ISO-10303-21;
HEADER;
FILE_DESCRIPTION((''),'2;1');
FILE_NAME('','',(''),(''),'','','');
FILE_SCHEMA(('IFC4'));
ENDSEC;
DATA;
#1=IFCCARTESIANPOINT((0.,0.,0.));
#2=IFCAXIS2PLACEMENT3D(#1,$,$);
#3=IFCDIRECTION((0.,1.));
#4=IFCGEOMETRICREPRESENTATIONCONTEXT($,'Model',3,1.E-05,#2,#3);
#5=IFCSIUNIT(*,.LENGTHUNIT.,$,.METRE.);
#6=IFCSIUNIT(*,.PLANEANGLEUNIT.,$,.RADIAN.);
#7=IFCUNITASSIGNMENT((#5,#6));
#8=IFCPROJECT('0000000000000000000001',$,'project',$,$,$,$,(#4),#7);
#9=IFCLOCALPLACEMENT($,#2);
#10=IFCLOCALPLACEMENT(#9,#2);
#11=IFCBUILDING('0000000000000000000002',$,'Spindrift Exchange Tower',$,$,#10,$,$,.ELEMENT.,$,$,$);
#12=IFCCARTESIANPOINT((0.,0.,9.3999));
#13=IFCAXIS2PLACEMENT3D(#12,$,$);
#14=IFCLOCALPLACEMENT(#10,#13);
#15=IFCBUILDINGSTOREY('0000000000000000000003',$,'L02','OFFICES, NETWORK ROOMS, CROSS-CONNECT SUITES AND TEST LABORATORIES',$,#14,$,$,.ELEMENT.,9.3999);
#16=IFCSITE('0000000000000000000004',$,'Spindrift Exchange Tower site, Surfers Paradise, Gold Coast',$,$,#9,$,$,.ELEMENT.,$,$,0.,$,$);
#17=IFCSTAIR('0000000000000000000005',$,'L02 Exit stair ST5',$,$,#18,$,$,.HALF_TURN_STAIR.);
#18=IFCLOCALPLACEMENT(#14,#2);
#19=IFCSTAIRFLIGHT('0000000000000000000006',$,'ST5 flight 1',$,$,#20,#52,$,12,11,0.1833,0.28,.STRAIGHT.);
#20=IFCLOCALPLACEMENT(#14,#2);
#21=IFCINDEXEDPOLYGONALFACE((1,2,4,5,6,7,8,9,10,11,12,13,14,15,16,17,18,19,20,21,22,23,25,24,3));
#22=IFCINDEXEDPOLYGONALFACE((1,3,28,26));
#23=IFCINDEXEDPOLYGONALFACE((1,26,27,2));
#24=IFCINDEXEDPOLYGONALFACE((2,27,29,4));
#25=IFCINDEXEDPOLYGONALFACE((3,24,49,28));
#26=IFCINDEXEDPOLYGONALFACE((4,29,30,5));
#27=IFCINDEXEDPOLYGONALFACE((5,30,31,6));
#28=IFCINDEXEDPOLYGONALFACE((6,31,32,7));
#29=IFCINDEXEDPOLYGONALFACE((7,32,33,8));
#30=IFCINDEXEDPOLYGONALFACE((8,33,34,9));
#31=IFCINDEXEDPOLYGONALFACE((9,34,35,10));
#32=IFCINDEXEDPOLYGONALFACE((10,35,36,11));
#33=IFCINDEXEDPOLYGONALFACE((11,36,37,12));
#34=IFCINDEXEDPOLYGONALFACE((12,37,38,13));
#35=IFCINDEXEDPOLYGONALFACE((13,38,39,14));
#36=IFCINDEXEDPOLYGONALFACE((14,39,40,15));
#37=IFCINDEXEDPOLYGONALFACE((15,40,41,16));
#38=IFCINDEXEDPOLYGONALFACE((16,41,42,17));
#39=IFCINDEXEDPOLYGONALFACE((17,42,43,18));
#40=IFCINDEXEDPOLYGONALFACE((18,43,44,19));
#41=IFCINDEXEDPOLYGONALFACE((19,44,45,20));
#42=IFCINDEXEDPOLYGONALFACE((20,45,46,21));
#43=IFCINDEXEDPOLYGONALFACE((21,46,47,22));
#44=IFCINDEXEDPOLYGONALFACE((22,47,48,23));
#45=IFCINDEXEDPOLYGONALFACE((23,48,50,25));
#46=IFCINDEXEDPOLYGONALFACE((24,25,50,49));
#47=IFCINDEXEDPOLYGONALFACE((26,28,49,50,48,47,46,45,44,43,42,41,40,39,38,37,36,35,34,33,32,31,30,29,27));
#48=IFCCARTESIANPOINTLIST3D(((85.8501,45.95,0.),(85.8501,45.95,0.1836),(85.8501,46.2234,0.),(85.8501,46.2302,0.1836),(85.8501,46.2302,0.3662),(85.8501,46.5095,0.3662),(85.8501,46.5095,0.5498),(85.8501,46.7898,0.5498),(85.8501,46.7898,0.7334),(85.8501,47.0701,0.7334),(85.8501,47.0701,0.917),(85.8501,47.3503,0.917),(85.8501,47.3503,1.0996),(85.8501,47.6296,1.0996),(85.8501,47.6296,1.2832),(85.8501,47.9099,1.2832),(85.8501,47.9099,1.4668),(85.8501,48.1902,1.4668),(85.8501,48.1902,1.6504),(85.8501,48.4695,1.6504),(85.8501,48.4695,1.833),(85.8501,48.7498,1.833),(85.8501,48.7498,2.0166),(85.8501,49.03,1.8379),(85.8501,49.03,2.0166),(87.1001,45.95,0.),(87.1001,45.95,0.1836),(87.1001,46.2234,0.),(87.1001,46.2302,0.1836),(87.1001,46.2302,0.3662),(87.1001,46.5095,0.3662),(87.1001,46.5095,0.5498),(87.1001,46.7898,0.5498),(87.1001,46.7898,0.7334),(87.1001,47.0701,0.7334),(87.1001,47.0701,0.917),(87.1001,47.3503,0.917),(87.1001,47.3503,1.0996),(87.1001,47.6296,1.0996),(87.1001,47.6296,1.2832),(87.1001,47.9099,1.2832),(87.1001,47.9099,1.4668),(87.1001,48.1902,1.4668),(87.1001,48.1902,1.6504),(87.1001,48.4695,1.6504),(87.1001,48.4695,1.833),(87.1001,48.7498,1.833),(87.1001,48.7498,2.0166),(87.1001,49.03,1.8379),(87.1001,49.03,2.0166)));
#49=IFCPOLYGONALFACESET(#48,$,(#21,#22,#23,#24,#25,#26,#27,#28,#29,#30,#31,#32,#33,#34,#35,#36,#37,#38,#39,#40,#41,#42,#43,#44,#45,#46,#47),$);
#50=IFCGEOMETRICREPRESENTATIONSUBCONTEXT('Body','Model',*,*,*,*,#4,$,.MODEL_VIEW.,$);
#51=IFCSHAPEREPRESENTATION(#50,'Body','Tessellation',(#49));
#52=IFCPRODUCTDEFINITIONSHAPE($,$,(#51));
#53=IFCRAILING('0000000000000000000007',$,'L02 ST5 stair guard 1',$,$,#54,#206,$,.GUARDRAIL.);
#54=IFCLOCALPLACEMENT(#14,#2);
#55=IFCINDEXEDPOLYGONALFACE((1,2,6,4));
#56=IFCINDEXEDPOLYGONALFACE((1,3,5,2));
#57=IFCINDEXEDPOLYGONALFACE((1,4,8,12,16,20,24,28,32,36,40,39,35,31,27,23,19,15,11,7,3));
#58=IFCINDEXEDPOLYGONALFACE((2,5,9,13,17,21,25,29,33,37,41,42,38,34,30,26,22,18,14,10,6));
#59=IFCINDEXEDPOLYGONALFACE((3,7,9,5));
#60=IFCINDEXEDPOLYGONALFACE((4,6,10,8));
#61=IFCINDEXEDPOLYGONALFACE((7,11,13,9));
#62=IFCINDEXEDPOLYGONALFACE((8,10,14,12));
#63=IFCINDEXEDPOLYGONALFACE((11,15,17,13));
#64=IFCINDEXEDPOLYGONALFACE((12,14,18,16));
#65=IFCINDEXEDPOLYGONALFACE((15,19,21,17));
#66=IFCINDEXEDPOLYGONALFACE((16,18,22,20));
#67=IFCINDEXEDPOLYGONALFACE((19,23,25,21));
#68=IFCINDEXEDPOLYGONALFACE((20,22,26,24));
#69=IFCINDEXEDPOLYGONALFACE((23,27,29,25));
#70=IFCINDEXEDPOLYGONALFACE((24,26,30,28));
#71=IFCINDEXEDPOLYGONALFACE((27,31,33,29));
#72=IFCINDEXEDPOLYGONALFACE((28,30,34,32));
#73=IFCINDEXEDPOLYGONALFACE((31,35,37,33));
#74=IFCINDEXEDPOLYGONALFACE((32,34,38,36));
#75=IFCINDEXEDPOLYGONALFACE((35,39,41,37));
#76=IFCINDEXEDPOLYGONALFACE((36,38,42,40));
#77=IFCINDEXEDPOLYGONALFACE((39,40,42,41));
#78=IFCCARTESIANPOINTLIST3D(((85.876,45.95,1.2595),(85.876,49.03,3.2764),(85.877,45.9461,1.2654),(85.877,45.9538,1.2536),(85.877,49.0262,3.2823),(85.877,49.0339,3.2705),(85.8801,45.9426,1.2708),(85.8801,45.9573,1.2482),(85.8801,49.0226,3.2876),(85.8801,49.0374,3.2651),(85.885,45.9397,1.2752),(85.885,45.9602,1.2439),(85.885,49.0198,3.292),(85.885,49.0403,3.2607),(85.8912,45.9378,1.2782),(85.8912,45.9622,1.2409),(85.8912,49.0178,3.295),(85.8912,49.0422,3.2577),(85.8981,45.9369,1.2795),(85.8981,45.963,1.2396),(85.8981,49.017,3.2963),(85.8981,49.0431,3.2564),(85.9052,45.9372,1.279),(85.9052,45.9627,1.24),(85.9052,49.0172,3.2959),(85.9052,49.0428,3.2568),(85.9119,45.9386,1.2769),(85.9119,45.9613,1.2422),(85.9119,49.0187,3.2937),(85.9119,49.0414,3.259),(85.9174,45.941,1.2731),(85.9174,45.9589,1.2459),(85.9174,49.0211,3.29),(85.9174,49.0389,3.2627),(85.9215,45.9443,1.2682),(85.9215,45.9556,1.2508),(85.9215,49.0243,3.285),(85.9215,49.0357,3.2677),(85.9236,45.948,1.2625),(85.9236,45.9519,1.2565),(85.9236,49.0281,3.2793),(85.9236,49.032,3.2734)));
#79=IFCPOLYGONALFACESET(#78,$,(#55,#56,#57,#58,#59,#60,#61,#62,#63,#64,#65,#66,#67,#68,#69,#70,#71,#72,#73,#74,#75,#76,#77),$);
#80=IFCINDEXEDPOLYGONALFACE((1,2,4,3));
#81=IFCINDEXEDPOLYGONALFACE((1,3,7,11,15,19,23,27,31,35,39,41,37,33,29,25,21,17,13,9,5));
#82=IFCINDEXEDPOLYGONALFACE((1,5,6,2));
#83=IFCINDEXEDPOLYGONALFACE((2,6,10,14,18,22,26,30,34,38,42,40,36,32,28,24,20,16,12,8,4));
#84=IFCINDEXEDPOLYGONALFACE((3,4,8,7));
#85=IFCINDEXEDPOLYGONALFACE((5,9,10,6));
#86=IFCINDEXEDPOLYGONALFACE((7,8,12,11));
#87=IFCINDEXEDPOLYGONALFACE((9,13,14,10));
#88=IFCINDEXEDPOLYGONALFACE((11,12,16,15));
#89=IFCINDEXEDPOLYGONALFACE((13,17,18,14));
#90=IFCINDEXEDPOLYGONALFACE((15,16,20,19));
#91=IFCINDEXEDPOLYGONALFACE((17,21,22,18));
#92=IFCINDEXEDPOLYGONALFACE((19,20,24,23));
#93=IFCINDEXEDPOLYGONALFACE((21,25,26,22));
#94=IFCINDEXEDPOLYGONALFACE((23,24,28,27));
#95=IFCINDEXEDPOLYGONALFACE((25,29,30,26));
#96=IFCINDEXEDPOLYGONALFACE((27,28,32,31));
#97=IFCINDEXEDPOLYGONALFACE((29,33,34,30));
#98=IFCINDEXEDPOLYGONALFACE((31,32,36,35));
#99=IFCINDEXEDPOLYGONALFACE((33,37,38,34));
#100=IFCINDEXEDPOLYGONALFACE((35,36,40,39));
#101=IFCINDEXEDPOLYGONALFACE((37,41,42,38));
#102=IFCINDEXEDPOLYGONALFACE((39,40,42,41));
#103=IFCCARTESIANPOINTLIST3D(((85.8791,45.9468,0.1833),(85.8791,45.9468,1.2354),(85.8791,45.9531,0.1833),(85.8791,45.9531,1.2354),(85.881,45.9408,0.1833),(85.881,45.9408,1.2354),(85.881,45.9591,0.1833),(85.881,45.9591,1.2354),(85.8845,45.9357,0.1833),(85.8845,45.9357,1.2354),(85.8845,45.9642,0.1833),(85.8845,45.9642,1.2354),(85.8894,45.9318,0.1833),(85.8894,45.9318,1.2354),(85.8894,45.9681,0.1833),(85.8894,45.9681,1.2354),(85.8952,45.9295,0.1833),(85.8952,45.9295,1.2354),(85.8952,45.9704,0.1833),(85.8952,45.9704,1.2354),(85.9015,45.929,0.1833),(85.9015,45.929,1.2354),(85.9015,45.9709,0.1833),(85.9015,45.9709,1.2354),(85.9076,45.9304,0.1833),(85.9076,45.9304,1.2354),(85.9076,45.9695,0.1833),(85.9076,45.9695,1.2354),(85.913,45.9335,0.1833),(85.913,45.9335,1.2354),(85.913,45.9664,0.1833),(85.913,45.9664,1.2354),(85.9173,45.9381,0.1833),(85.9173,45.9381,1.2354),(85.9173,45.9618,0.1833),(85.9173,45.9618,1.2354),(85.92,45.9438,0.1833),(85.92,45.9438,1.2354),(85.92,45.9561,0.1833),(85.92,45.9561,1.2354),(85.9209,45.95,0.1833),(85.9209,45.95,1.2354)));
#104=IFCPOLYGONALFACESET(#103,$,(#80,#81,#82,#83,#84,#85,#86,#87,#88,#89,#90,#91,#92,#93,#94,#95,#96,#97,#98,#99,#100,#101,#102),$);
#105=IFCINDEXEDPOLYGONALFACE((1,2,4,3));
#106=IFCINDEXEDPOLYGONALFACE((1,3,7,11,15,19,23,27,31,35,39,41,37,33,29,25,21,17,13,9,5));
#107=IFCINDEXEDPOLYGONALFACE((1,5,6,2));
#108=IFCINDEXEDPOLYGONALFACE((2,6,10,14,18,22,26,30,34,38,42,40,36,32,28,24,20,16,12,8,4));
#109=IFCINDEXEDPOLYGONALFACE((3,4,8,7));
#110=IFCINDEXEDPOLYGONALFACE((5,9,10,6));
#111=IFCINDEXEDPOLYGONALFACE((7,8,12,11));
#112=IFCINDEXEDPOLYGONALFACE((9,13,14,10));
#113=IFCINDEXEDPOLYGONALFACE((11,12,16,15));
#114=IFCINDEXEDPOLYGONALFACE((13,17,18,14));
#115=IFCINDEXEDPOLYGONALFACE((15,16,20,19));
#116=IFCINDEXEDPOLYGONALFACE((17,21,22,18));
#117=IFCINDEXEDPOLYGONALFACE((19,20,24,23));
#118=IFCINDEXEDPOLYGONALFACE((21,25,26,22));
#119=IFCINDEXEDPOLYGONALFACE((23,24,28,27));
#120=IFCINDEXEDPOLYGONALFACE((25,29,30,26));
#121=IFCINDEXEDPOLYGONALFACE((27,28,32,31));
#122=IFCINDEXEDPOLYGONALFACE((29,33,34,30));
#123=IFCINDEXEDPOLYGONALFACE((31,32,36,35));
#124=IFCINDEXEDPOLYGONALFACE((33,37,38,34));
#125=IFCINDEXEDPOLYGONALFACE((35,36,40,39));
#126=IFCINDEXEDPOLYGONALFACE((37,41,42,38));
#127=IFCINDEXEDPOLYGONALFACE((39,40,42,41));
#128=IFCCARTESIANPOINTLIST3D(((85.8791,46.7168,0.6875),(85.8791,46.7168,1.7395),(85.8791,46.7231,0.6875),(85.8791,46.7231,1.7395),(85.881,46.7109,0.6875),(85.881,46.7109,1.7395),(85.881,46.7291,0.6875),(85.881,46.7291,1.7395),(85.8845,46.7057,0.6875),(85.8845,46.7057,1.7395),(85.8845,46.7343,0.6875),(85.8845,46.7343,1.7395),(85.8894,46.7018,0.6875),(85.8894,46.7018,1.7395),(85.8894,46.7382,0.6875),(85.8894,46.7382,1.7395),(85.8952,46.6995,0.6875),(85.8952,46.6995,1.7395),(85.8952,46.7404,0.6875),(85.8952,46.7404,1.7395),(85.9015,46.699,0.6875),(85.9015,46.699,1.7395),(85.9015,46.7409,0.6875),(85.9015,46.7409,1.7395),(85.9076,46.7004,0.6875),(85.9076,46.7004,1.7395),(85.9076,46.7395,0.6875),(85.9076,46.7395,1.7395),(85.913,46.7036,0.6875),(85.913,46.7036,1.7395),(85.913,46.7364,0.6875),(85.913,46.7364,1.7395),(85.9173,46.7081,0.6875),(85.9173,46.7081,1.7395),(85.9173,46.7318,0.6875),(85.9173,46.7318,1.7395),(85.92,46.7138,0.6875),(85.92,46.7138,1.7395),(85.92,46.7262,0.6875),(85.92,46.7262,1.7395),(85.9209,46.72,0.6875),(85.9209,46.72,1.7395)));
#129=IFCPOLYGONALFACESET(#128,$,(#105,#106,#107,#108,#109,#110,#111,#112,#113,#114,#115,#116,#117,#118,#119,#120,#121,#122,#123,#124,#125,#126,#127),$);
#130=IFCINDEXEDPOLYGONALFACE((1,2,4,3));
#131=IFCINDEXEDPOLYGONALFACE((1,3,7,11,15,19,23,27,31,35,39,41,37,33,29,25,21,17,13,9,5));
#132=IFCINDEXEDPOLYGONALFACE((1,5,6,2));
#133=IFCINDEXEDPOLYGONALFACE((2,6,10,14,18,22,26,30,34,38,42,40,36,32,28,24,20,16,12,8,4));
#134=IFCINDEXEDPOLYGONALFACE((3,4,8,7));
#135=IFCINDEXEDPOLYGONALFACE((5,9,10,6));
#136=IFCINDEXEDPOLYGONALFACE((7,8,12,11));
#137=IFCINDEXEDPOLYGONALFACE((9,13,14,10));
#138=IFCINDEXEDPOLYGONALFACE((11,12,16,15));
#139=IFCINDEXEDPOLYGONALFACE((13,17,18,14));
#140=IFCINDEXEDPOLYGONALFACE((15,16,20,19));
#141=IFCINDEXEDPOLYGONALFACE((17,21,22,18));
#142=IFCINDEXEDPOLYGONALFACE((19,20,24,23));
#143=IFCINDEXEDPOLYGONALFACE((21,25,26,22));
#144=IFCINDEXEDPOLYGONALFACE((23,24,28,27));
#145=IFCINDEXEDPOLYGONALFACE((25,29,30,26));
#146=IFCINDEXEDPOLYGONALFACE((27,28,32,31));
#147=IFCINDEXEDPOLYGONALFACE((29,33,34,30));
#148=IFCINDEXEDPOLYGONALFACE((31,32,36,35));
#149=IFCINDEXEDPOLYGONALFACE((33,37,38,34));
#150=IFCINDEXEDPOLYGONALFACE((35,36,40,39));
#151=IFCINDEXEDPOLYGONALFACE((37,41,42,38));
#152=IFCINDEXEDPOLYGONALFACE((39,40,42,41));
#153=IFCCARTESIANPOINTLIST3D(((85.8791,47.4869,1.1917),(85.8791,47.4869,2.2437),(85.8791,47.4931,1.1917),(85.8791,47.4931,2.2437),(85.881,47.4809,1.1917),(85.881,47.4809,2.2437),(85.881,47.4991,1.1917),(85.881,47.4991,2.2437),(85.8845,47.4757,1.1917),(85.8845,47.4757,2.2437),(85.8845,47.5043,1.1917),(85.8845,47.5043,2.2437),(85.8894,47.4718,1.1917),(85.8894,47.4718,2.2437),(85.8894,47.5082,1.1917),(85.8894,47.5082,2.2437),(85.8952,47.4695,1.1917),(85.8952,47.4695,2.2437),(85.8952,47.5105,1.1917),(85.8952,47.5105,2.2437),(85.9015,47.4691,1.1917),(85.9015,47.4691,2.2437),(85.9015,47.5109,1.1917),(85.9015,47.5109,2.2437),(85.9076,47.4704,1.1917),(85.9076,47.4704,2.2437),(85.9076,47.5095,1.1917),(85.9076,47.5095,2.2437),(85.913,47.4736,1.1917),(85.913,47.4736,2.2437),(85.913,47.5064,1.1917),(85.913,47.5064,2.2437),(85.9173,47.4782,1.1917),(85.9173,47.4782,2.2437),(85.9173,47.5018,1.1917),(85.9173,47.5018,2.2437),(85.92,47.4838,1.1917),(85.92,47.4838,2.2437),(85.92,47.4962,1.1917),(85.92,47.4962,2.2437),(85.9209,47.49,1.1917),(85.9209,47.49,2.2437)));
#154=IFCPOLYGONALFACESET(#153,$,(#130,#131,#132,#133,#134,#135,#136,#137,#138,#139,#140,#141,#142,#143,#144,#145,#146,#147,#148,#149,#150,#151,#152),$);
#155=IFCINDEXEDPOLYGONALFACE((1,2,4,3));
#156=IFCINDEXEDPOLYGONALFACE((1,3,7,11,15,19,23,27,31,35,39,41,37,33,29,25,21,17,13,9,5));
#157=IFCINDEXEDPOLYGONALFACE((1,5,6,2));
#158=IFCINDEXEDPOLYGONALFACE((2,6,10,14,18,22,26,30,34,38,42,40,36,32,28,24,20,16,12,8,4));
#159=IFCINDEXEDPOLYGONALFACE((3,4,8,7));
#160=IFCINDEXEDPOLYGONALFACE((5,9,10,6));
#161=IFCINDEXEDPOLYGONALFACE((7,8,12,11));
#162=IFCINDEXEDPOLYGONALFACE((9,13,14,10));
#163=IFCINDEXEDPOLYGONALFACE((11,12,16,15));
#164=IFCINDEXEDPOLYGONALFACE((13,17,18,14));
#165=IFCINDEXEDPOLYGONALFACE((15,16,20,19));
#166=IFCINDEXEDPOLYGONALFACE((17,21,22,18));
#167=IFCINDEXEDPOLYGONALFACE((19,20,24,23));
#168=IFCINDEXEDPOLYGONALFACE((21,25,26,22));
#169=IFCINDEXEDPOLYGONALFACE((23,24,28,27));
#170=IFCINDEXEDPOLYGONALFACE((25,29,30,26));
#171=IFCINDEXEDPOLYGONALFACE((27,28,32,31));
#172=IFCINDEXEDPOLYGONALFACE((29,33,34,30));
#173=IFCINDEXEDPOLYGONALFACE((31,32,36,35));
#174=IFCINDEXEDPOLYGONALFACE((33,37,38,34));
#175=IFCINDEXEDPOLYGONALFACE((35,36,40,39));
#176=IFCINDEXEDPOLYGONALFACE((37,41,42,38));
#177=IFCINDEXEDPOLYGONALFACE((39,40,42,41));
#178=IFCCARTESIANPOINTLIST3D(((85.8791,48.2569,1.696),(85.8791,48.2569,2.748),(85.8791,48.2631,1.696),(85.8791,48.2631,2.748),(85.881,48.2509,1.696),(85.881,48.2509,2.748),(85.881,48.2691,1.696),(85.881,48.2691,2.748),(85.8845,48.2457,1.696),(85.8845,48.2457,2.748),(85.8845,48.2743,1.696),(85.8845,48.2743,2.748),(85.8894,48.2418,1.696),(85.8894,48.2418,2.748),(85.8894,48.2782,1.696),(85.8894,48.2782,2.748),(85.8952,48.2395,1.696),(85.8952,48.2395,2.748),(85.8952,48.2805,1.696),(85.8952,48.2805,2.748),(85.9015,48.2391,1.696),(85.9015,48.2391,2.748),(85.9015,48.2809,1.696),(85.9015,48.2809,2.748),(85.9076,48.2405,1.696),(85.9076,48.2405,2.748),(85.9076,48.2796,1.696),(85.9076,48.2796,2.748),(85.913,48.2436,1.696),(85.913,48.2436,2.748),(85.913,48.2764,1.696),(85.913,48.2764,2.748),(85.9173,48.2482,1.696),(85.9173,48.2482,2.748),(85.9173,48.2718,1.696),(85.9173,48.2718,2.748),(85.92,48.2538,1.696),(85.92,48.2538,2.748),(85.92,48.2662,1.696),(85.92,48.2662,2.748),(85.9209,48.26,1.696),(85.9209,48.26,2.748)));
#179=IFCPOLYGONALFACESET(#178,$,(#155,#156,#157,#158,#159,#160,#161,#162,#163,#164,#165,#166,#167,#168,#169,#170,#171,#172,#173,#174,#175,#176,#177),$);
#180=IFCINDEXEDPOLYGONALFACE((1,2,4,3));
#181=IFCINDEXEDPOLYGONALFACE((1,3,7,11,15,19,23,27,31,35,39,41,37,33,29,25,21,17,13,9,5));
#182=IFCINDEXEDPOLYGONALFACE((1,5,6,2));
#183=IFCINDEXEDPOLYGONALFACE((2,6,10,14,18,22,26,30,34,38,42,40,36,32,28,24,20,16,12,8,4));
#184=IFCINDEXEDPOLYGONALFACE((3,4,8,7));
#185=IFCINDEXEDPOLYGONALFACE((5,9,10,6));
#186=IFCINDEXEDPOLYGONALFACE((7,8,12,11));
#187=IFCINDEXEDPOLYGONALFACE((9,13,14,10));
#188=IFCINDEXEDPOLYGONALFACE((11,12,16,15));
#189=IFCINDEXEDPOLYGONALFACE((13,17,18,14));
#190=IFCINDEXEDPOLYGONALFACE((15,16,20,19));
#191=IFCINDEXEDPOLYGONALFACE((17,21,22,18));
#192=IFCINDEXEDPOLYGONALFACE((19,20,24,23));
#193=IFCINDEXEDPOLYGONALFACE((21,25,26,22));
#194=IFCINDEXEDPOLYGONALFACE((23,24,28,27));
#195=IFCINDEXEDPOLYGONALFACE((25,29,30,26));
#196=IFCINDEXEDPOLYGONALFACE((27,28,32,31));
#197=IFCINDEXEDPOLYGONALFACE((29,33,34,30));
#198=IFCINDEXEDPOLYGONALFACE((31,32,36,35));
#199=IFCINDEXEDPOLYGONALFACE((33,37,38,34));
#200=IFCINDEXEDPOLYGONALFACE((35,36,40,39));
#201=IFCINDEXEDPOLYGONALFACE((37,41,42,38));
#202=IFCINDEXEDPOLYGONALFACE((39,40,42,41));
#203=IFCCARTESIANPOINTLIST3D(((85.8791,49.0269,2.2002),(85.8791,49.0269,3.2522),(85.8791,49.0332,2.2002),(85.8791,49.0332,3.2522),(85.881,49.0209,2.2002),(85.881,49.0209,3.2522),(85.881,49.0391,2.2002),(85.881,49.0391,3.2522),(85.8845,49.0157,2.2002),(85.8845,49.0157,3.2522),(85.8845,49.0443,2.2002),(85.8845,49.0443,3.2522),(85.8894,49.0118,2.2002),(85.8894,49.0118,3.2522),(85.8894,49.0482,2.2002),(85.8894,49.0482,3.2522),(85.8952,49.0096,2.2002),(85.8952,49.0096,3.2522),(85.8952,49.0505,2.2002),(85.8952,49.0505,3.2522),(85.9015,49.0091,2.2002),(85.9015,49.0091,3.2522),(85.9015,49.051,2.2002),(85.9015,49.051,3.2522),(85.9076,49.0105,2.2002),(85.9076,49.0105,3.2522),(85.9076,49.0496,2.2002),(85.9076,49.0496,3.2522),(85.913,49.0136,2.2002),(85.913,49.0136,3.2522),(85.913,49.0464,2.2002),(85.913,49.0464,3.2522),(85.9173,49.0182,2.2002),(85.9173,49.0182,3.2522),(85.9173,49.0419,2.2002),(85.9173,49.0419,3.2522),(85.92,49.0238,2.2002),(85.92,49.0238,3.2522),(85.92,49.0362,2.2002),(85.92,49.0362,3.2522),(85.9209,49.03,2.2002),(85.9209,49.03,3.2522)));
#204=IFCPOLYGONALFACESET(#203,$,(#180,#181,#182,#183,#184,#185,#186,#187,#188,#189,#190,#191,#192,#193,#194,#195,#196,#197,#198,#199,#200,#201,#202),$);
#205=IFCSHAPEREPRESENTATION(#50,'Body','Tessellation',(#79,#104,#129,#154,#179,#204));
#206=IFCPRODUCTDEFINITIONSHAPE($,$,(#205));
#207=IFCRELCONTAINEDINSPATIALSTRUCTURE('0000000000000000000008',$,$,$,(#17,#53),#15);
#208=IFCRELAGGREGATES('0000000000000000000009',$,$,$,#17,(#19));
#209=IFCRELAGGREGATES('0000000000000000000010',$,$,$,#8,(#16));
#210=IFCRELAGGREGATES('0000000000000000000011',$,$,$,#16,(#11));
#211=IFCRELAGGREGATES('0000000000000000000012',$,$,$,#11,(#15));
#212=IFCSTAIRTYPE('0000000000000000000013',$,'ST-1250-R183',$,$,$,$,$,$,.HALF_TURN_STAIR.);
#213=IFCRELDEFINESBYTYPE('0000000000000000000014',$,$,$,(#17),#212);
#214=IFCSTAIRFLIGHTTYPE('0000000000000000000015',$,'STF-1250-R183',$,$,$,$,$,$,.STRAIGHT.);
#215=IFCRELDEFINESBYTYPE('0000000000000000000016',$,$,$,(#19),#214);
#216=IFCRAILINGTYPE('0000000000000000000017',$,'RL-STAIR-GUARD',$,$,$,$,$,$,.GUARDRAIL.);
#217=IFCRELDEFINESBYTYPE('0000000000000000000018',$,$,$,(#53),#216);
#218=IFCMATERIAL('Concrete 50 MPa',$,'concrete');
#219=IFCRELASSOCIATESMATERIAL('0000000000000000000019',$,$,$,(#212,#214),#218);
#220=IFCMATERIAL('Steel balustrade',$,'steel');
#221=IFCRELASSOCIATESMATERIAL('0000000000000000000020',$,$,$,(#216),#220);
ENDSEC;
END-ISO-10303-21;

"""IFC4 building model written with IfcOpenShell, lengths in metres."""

from ifc_helpers import new_model, si_unit, direction, frame, origin, origin_2d, place, context, subcontext, project, spatial, line, indexed_curve, circle, outline, extrude, material, type_object, element, aggregate, save


model = new_model("IFC4")

# Units and contexts
model_context = context("Model", 3, precision=1e-05, world=origin(), true_north=direction((0.0, 1.0)))
body_context = subcontext(model_context, "Body", "Model", "MODEL_VIEW")
ifc_project = project(units=[si_unit("LENGTHUNIT", "METRE"), si_unit("PLANEANGLEUNIT", "RADIAN")], contexts=[model_context])

# Site, building, storey
site_placement = place(None, origin())
site = spatial("IfcSite", under=ifc_project, at=site_placement, Name="Spindrift Exchange Tower site, Surfers Paradise, Gold Coast", CompositionType="ELEMENT", RefElevation=0.0)
building_placement = place(site_placement, origin())
building = spatial("IfcBuilding", under=site, at=building_placement, Name="Spindrift Exchange Tower", CompositionType="ELEMENT")
storey_placement = place(building_placement, frame((0.0, 0.0, 9.3999)))
storey = spatial("IfcBuildingStorey", under=building, at=storey_placement, Name="L02", Description="OFFICES, NETWORK ROOMS, CROSS-CONNECT SUITES AND TEST LABORATORIES", CompositionType="ELEMENT", Elevation=9.3999)

# Shared definitions
ifc_material_1 = material(Name="Concrete 50 MPa", Category="concrete")

# Stair, stair flight
stair_type = type_object("IfcStairType", Name="ST-1250-R183", PredefinedType="HALF_TURN_STAIR", material=ifc_material_1)
stair_placement = place(storey_placement, origin())
stair = element("IfcStair", 1, at=stair_placement, inside=storey, type_object=stair_type, Name="L02 Exit stair ST5", PredefinedType="HALF_TURN_STAIR")
stair_flight_type = type_object("IfcStairFlightType", Name="STF-1250-R183", PredefinedType="STRAIGHT", material=ifc_material_1)
stair_flight_placement = place(storey_placement, frame((86.4751, 45.95, 0.0), z_axis=(0.0, 0.0, 1.0), x_axis=(0.0, 1.0, 0.0)))
stair_flight = element("IfcStairFlight", 2, at=stair_flight_placement, type_object=stair_flight_type, Name="ST5 flight 1", NumberOfRisers=12, NumberOfTreads=11, PredefinedType="STRAIGHT", RiserHeight=0.1833, TreadLength=0.28, context=body_context, shape_type="SweptSolid", body=[
    extrude(outline(indexed_curve([(0.0, 0.0), (0.0, 0.1836), (0.2803, 0.1836), (0.2803, 0.3662), (0.5596, 0.3662), (0.5596, 0.5498), (0.8398, 0.5498), (0.8398, 0.7334), (1.1201, 0.7334), (1.1201, 0.917), (1.4004, 0.917), (1.4004, 1.0996), (1.6797, 1.0996), (1.6797, 1.2832), (1.96, 1.2832), (1.96, 1.4668), (2.2402, 1.4668), (2.2402, 1.6504), (2.5195, 1.6504), (2.5195, 1.833), (2.7998, 1.833), (2.7998, 2.0166), (3.0801, 2.0166), (3.0801, 2.2002), (3.0801, 1.8379), (0.2734, 0.0)], segments=[line(1, 2, 3, 4, 5, 6, 7, 8, 9, 10, 11, 12, 13, 14, 15, 16, 17, 18, 19, 20, 21, 22, 23, 24, 25, 26, 1)], self_intersect=False)), frame((0.0, 0.625, 0.0), z_axis=(0.0, -1.0, 0.0), x_axis=(1.0, 0.0, 0.0)), (0.0, 0.0, 1.0), 1.25),
])
aggregate(stair, [stair_flight])

# Railing
ifc_material_2 = material(Name="Steel balustrade", Category="steel")
railing_type_1 = type_object("IfcRailingType", Name="RL-STAIR-GUARD", PredefinedType="GUARDRAIL", material=ifc_material_2)
railing_1_placement = place(storey_placement, frame((85.8999, 45.95, 0.1833)))
element("IfcRailing", 3, at=railing_1_placement, inside=storey, type_object=railing_type_1, Name="L02 ST5 stair guard 1", PredefinedType="GUARDRAIL", context=body_context, shape_type="SweptSolid", body=[
    extrude(circle(Radius=0.0239, at=origin_2d()), frame((0.0, 0.0, 1.0762), z_axis=(0.0, 0.836603, 0.54781), x_axis=(-1.0, 0.0, 0.0)), (0.0, 0.0, 1.0), 3.6816),
    extrude(circle(Radius=0.021, at=origin_2d()), origin(), (0.0, 0.0, 1.0), 1.052),
    extrude(circle(Radius=0.021, at=origin_2d()), frame((0.0, 0.77, 0.5042)), (0.0, 0.0, 1.0), 1.052),
    extrude(circle(Radius=0.021, at=origin_2d()), frame((0.0, 1.54, 1.0083)), (0.0, 0.0, 1.0), 1.052),
    extrude(circle(Radius=0.021, at=origin_2d()), frame((0.0, 2.3101, 1.5127)), (0.0, 0.0, 1.0), 1.052),
    extrude(circle(Radius=0.021, at=origin_2d()), frame((0.0, 3.0801, 2.0168)), (0.0, 0.0, 1.0), 1.052),
])

save(model, "model.ifc")
